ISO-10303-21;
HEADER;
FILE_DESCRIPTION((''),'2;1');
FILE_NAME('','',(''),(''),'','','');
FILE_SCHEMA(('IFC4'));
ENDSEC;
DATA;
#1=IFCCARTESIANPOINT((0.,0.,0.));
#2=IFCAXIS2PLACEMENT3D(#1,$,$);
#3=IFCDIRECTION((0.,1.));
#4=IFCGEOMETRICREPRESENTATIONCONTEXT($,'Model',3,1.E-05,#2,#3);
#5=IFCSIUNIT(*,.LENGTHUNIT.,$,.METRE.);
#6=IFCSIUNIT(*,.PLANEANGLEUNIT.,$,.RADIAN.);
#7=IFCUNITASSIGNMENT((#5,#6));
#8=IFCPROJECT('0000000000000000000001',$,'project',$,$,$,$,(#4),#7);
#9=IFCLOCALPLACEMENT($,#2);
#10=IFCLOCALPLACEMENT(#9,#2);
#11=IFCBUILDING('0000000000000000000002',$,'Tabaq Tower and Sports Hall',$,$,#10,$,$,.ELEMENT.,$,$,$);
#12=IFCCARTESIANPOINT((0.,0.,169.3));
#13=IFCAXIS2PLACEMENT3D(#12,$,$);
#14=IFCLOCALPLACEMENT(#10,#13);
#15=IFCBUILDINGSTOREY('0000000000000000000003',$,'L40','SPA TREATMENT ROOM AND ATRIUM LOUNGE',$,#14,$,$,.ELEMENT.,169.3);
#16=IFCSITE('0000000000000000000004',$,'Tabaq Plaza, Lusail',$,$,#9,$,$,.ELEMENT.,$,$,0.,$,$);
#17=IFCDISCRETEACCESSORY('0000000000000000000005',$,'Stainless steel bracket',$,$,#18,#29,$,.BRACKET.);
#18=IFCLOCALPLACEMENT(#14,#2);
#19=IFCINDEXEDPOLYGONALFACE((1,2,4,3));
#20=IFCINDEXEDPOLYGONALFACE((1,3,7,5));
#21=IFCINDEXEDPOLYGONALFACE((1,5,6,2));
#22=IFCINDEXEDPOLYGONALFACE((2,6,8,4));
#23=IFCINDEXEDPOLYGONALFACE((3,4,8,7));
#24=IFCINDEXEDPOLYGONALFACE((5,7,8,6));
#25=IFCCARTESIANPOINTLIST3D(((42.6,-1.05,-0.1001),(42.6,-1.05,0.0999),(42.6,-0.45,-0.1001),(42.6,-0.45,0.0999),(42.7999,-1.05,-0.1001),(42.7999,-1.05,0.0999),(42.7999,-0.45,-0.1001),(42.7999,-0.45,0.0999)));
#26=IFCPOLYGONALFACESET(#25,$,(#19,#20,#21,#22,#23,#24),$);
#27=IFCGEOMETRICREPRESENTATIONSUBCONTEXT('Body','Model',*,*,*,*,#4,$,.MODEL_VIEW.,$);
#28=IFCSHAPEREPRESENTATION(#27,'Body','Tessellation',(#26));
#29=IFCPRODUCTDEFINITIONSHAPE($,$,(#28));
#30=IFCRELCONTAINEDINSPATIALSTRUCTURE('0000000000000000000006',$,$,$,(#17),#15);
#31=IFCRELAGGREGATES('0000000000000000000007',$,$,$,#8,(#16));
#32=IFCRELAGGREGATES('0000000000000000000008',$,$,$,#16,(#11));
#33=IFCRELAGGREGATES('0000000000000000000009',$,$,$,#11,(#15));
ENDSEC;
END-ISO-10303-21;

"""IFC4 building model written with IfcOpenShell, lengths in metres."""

from ifc_helpers import new_model, si_unit, direction, frame, origin, origin_2d, place, context, subcontext, project, spatial, rectangle, extrude, element, save


model = new_model("IFC4")

# Units and contexts
model_context = context("Model", 3, precision=1e-05, world=origin(), true_north=direction((0.0, 1.0)))
body_context = subcontext(model_context, "Body", "Model", "MODEL_VIEW")
ifc_project = project(units=[si_unit("LENGTHUNIT", "METRE"), si_unit("PLANEANGLEUNIT", "RADIAN")], contexts=[model_context])

# Site, building, storey
site_placement = place(None, origin())
site = spatial("IfcSite", under=ifc_project, at=site_placement, Name="Tabaq Plaza, Lusail", CompositionType="ELEMENT", RefElevation=0.0)
building_placement = place(site_placement, origin())
building = spatial("IfcBuilding", under=site, at=building_placement, Name="Tabaq Tower and Sports Hall", CompositionType="ELEMENT")
storey_placement = place(building_placement, frame((0.0, 0.0, 169.3)))
storey = spatial("IfcBuildingStorey", under=building, at=storey_placement, Name="L40", Description="SPA TREATMENT ROOM AND ATRIUM LOUNGE", CompositionType="ELEMENT", Elevation=169.3)

# Discrete accessory
discrete_accessory_placement = place(storey_placement, frame((42.7, -0.75, -0.1001), z_axis=(0.0, 0.0, 1.0), x_axis=(0.0, -1.0, 0.0)))
element("IfcDiscreteAccessory", 1, at=discrete_accessory_placement, inside=storey, Name="Stainless steel bracket", PredefinedType="BRACKET", context=body_context, shape_type="SweptSolid", body=[
    extrude(rectangle(XDim=0.6001, YDim=0.2, at=origin_2d()), origin(), (0.0, 0.0, 1.0), 0.2),
])

save(model, "model.ifc")
